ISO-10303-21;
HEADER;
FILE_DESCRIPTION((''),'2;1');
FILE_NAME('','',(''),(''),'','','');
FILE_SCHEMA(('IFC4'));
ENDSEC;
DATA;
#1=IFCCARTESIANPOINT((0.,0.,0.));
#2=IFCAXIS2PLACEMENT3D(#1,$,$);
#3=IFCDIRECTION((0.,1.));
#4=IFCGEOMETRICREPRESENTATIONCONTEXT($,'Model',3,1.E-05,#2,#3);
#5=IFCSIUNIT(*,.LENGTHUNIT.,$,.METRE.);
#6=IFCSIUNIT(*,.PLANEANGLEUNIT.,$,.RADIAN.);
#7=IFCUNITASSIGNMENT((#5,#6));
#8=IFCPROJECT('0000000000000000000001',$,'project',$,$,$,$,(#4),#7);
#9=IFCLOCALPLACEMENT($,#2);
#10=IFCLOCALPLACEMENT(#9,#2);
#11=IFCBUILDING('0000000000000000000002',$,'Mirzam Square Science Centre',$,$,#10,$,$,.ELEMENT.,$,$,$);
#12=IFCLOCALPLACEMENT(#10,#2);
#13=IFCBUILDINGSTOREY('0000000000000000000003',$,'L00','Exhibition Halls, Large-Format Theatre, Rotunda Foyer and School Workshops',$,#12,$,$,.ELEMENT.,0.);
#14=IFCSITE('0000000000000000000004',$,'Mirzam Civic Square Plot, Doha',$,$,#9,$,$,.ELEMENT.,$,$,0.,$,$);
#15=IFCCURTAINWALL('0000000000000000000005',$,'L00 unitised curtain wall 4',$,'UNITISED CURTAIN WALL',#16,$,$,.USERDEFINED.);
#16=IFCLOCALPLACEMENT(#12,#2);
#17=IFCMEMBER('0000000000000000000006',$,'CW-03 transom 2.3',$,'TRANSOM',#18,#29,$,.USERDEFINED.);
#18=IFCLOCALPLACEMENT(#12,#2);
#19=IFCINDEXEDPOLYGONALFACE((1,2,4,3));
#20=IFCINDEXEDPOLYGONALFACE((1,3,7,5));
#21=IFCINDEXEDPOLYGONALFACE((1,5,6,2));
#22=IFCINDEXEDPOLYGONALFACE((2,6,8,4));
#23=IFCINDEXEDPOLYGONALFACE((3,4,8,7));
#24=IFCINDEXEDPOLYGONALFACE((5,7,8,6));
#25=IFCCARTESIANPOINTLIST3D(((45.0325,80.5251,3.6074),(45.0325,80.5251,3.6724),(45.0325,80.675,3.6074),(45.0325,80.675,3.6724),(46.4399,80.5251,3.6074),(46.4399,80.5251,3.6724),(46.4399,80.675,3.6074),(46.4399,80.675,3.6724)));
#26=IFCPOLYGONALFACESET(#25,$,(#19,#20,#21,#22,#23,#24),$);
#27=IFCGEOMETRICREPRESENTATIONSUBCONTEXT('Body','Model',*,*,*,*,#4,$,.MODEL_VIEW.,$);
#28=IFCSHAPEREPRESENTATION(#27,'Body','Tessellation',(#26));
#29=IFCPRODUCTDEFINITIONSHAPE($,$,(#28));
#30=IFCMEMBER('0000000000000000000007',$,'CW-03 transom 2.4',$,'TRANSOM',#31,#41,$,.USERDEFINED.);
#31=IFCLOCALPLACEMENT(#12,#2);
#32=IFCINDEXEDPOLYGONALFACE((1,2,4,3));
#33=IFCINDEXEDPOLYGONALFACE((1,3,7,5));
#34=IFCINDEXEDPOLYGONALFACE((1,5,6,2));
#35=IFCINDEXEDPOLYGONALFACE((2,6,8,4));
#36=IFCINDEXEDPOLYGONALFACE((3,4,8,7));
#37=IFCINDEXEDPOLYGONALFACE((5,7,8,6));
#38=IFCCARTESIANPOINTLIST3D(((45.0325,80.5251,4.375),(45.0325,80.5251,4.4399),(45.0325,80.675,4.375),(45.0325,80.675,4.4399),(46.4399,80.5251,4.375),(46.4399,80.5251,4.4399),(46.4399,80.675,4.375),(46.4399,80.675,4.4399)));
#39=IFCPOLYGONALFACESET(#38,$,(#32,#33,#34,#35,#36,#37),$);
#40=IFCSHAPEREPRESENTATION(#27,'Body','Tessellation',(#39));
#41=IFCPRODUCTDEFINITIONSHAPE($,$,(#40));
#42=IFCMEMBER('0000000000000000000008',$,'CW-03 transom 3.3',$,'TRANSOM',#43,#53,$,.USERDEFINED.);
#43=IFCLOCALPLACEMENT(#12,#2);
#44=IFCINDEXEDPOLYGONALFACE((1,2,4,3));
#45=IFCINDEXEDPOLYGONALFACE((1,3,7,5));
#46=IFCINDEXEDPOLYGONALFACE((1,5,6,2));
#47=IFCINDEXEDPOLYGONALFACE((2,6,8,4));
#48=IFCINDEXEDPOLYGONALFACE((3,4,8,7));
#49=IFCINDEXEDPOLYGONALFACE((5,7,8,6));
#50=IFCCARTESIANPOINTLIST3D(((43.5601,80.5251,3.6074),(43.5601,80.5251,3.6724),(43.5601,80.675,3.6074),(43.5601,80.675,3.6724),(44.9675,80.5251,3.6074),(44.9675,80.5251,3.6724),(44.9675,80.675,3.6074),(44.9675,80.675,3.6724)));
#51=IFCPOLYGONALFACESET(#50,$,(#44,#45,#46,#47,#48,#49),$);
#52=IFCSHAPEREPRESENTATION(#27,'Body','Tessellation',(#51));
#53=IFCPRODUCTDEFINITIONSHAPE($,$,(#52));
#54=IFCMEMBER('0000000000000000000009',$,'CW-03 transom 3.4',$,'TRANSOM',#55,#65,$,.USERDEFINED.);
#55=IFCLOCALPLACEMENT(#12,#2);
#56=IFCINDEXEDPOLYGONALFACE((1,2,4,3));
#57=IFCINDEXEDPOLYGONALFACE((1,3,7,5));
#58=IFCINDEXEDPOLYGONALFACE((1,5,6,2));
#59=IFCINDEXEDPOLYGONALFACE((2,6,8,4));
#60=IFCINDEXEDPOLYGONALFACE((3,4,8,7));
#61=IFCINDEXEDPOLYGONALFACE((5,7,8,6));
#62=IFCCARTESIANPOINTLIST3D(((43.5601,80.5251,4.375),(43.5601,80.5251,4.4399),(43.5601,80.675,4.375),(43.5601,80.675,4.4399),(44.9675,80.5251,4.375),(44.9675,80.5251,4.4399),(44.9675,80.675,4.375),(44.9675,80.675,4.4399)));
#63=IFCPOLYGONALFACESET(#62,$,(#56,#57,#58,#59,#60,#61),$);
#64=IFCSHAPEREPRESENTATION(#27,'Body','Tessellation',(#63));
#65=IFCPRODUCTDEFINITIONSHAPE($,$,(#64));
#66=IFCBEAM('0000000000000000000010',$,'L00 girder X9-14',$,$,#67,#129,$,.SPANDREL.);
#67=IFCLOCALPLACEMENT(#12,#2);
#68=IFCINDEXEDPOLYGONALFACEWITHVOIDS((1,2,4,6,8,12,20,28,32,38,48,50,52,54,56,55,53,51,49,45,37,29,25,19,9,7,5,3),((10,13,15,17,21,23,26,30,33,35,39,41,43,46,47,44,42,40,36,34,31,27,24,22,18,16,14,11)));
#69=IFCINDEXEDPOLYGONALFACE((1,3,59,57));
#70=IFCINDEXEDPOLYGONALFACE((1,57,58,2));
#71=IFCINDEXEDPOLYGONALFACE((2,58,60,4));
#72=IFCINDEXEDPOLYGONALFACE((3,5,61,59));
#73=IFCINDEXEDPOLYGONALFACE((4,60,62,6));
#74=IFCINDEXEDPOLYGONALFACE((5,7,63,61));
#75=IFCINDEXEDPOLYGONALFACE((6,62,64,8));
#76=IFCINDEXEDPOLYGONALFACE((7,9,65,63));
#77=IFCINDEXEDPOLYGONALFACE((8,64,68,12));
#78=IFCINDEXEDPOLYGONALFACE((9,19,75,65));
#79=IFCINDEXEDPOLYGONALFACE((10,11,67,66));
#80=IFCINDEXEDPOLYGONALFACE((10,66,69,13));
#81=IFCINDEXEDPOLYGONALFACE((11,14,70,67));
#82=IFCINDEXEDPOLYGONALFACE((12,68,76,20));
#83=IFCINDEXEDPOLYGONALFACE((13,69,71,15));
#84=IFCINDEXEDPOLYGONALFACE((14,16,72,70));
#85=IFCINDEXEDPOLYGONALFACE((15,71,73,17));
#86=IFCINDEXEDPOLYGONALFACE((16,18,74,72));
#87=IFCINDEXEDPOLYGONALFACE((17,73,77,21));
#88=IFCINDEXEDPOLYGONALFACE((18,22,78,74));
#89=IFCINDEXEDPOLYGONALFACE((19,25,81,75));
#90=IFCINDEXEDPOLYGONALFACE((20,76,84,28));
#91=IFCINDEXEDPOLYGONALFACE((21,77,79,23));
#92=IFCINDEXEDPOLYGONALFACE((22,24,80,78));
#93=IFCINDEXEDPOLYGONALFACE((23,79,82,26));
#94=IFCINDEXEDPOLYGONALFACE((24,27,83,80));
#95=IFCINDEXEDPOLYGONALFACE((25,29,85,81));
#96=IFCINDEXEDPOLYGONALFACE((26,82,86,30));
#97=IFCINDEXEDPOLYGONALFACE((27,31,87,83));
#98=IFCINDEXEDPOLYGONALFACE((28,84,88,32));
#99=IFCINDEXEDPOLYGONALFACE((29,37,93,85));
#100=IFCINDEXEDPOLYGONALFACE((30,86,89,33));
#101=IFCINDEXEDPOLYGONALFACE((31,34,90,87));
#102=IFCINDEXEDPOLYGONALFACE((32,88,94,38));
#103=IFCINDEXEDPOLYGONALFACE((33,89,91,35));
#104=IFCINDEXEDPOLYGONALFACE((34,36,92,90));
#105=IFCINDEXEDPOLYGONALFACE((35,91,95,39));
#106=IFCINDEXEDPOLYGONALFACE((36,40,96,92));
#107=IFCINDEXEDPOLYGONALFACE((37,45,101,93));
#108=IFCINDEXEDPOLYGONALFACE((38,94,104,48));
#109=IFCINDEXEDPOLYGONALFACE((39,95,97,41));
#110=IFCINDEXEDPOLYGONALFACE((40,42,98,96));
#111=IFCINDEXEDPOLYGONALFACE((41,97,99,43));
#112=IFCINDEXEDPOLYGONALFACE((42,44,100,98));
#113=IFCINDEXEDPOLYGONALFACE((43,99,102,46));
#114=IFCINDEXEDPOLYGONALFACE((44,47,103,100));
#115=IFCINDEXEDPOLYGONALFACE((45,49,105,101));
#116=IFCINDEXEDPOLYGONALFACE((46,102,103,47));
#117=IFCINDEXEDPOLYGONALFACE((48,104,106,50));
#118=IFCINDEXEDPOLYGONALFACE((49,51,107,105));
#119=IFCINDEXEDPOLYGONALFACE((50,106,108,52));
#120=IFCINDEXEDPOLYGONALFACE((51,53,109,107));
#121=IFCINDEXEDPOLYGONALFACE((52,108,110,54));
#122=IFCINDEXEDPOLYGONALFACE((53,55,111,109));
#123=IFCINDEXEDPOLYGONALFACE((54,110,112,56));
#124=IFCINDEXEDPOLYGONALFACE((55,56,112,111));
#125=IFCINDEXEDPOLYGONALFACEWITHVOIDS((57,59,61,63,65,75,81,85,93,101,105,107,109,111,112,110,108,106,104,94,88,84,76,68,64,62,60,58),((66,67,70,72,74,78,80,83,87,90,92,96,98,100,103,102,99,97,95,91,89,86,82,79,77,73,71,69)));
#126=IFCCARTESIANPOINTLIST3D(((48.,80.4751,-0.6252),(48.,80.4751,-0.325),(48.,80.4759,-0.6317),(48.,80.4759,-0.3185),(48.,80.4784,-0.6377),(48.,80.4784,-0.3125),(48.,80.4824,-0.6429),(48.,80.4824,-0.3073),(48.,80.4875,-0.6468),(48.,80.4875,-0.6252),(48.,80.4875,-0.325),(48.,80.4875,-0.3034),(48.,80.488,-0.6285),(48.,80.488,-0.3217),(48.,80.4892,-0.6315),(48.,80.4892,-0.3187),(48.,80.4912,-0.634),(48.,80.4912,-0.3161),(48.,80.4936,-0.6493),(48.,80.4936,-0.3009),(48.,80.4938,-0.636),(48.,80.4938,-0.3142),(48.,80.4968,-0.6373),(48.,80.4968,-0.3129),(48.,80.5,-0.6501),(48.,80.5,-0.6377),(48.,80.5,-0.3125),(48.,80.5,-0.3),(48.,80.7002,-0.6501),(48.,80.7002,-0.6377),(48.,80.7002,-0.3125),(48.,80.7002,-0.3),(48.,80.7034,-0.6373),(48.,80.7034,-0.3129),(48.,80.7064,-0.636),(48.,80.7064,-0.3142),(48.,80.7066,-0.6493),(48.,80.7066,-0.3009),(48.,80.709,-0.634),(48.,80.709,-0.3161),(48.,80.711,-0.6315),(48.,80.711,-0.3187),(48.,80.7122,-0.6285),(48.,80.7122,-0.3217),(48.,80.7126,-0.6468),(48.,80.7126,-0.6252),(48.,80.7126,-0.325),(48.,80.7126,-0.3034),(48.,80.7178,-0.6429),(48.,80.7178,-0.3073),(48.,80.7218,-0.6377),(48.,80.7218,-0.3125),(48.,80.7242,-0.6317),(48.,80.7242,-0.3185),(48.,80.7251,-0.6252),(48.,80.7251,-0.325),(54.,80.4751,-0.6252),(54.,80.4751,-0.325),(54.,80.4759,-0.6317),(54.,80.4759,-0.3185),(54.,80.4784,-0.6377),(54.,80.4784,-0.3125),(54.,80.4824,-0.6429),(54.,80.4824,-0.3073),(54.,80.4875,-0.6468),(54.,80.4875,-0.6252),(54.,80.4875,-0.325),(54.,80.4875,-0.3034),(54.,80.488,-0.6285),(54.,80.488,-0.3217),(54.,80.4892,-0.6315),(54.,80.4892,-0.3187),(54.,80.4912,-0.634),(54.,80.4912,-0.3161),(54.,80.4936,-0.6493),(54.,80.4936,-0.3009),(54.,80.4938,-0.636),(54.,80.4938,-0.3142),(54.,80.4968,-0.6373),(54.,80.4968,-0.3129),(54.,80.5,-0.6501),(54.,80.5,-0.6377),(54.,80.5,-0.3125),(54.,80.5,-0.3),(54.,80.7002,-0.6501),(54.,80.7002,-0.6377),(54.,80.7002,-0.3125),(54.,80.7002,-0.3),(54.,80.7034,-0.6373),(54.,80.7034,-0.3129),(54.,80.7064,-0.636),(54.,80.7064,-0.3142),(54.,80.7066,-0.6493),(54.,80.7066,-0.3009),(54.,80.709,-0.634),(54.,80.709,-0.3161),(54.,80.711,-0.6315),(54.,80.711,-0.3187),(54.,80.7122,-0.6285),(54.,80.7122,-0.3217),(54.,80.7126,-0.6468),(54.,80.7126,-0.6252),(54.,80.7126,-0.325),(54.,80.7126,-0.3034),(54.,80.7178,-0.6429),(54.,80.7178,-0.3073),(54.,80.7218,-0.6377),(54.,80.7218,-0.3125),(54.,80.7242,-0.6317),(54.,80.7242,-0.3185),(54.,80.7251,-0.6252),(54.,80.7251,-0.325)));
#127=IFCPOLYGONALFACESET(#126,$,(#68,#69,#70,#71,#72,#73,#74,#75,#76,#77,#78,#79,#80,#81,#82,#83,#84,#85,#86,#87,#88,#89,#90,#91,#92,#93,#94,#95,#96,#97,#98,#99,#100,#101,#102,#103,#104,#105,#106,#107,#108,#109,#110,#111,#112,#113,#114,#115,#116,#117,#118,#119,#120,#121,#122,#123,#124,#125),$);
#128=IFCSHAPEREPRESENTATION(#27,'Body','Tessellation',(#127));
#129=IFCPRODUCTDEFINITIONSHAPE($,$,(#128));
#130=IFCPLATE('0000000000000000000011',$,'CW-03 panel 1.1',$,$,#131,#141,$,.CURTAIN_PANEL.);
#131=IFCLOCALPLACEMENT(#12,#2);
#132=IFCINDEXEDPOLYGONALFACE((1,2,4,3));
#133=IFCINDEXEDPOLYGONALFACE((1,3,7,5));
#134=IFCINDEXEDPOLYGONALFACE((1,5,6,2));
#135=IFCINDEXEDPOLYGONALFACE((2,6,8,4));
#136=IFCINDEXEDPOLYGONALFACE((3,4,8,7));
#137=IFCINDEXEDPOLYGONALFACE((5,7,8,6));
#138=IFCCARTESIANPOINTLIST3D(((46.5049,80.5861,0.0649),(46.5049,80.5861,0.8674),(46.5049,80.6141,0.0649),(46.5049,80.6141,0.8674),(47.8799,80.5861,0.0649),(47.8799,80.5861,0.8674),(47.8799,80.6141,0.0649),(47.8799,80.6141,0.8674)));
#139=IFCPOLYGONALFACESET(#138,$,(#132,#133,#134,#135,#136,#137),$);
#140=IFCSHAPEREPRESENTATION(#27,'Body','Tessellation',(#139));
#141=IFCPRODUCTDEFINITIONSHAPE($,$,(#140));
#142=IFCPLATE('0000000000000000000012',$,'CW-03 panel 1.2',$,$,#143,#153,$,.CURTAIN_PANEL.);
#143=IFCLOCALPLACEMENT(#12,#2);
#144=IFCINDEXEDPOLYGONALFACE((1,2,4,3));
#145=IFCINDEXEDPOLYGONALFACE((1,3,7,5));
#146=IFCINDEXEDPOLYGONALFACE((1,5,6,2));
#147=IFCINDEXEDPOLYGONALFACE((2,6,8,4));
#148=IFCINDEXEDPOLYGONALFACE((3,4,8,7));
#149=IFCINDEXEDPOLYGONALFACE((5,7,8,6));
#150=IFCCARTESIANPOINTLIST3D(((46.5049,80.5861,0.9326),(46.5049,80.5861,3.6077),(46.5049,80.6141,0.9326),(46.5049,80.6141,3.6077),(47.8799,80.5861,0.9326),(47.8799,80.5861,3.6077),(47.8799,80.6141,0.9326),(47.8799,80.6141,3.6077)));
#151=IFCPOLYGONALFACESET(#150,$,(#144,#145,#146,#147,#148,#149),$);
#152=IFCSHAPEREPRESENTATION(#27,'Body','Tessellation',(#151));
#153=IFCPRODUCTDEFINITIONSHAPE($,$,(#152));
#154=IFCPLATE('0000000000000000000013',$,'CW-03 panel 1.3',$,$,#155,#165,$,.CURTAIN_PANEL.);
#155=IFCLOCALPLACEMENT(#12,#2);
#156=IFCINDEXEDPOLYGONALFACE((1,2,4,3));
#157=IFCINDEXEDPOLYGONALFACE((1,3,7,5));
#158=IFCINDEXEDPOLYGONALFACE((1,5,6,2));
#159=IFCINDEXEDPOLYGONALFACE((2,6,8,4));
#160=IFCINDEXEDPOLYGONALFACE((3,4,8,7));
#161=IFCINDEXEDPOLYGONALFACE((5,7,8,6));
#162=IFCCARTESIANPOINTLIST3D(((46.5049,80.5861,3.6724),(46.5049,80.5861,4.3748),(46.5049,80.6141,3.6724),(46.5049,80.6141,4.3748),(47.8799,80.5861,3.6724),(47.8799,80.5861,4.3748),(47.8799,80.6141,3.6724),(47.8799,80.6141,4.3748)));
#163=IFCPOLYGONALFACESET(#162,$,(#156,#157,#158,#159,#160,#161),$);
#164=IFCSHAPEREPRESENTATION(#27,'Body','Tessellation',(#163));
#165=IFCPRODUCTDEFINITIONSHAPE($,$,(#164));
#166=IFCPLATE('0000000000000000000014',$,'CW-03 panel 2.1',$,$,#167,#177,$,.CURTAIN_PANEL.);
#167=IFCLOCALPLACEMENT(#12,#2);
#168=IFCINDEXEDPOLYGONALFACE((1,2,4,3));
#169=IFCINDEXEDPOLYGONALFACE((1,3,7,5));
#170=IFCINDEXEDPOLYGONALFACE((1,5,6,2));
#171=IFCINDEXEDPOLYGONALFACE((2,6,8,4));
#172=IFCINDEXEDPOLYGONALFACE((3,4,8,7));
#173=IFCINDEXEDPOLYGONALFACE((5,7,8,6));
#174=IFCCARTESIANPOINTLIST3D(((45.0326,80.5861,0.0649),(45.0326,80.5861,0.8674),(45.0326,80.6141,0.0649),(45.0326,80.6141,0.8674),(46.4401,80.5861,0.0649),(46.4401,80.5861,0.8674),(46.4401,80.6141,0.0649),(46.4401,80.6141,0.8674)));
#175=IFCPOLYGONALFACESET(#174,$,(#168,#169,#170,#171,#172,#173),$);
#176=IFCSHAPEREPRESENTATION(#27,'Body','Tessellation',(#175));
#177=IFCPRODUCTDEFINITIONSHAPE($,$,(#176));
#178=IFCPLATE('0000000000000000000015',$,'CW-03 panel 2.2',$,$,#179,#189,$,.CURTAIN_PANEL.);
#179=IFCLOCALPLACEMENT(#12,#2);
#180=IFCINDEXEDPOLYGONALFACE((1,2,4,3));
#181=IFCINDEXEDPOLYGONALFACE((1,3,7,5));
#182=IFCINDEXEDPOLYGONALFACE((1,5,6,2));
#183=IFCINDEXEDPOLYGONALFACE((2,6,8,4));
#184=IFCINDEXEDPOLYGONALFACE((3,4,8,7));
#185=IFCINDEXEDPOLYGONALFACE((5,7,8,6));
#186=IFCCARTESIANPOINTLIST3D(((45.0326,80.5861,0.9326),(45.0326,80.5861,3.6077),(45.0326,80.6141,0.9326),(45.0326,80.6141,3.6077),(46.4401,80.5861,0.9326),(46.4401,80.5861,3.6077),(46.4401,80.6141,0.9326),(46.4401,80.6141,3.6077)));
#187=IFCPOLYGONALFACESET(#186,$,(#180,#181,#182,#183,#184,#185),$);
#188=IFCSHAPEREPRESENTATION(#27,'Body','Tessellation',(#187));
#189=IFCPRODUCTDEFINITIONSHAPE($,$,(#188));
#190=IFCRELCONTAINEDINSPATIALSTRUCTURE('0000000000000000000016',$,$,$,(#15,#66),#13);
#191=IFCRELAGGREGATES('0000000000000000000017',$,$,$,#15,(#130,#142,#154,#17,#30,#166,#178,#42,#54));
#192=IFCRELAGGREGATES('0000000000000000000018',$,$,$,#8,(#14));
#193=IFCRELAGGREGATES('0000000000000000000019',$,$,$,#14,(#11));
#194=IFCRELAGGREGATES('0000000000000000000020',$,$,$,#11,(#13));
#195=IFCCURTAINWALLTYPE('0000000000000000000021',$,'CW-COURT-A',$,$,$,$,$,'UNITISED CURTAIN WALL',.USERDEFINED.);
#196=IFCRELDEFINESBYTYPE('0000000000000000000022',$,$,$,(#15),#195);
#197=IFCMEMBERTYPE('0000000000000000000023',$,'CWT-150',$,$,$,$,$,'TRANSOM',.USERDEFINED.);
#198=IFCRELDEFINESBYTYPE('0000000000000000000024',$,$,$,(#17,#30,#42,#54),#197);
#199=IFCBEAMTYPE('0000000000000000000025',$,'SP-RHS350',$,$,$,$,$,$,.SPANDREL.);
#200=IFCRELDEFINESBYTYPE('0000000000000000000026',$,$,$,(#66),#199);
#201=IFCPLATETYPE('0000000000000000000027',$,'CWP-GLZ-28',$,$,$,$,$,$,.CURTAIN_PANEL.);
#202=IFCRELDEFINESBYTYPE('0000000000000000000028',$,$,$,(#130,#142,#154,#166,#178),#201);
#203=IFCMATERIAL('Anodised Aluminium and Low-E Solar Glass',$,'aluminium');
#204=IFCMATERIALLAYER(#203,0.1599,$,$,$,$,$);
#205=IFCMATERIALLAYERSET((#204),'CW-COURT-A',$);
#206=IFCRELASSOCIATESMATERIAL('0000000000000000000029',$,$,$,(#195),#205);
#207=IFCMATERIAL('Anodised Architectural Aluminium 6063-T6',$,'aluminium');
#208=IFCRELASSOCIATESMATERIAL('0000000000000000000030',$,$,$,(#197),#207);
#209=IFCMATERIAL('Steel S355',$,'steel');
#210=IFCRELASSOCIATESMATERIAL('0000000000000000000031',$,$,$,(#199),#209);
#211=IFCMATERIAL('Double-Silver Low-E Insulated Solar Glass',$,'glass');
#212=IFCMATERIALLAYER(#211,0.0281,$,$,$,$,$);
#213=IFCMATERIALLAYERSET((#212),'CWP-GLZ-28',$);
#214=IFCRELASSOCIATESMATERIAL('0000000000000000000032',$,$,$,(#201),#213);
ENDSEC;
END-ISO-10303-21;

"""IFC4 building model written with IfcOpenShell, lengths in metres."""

from ifc_helpers import new_model, si_unit, direction, frame, origin, origin_2d, place, context, subcontext, project, spatial, rectangle, hollow_rectangle, extrude, material, layer, layer_set, material_profile, profile_set, type_object, element, aggregate, save


model = new_model("IFC4")

# Units and contexts
model_context = context("Model", 3, precision=1e-05, world=origin(), true_north=direction((0.0, 1.0)))
body_context = subcontext(model_context, "Body", "Model", "MODEL_VIEW")
ifc_project = project(units=[si_unit("LENGTHUNIT", "METRE"), si_unit("PLANEANGLEUNIT", "RADIAN")], contexts=[model_context])

# Site, building, storey
site_placement = place(None, origin())
site = spatial("IfcSite", under=ifc_project, at=site_placement, Name="Mirzam Civic Square Plot, Doha", CompositionType="ELEMENT", RefElevation=0.0)
building_placement = place(site_placement, origin())
building = spatial("IfcBuilding", under=site, at=building_placement, Name="Mirzam Square Science Centre", CompositionType="ELEMENT")
storey_placement = place(building_placement, origin())
storey = spatial("IfcBuildingStorey", under=building, at=storey_placement, Name="L00", Description="Exhibition Halls, Large-Format Theatre, Rotunda Foyer and School Workshops", CompositionType="ELEMENT", Elevation=0.0)

# Shared definitions
ifc_material_1 = material(Name="Steel S355", Category="steel")

# Curtain wall
ifc_material_2 = material(Name="Anodised Aluminium and Low-E Solar Glass", Category="aluminium")
ifc_layer_1 = layer(ifc_material_2, 0.1599)
ifc_layer_set_1 = layer_set([ifc_layer_1], Name="CW-COURT-A")
curtain_wall_type_1 = type_object("IfcCurtainWallType", Name="CW-COURT-A", ElementType="UNITISED CURTAIN WALL", PredefinedType="USERDEFINED", material=ifc_layer_set_1)
curtain_wall_1_placement = place(storey_placement, origin())
curtain_wall_1 = element("IfcCurtainWall", 1, at=curtain_wall_1_placement, inside=storey, type_object=curtain_wall_type_1, Name="L00 unitised curtain wall 4", ObjectType="UNITISED CURTAIN WALL", PredefinedType="USERDEFINED")
ifc_material_3 = material(Name="Anodised Architectural Aluminium 6063-T6", Category="aluminium")

# Members
ifc_material_profile_1 = material_profile(ifc_material_3, rectangle(XDim=0.1499, YDim=0.0649, at=origin_2d()), Name="ALU-TRAN-150x65x4")
ifc_profile_set_1 = profile_set([ifc_material_profile_1], Name="Anodised Architectural Aluminium 6063-T6")
member_type_1 = type_object("IfcMemberType", Name="CWT-150", ElementType="TRANSOM", PredefinedType="USERDEFINED", material=ifc_profile_set_1)
member_1_placement = place(storey_placement, frame((46.4399, 80.6001, 3.6399), z_axis=(-1.0, 0.0, 0.0), x_axis=(0.0, -1.0, 0.0)))
member_1 = element("IfcMember", 2, at=member_1_placement, type_object=member_type_1, Name="CW-03 transom 2.3", ObjectType="TRANSOM", PredefinedType="USERDEFINED", context=body_context, shape_type="SweptSolid", body=[
    extrude(rectangle(XDim=0.1499, YDim=0.0649, at=origin_2d()), origin(), (0.0, 0.0, 1.0), 1.4075),
])
member_2_placement = place(storey_placement, frame((46.4399, 80.6001, 4.4075), z_axis=(-1.0, 0.0, 0.0), x_axis=(0.0, -1.0, 0.0)))
member_2 = element("IfcMember", 3, at=member_2_placement, type_object=member_type_1, Name="CW-03 transom 2.4", ObjectType="TRANSOM", PredefinedType="USERDEFINED", context=body_context, shape_type="SweptSolid", body=[
    extrude(rectangle(XDim=0.1499, YDim=0.0649, at=origin_2d()), origin(), (0.0, 0.0, 1.0), 1.4075),
])
member_3_placement = place(storey_placement, frame((44.9675, 80.6001, 3.6399), z_axis=(-1.0, 0.0, 0.0), x_axis=(0.0, -1.0, 0.0)))
member_3 = element("IfcMember", 4, at=member_3_placement, type_object=member_type_1, Name="CW-03 transom 3.3", ObjectType="TRANSOM", PredefinedType="USERDEFINED", context=body_context, shape_type="SweptSolid", body=[
    extrude(rectangle(XDim=0.1499, YDim=0.0649, at=origin_2d()), origin(), (0.0, 0.0, 1.0), 1.4075),
])
member_4_placement = place(storey_placement, frame((44.9675, 80.6001, 4.4075), z_axis=(-1.0, 0.0, 0.0), x_axis=(0.0, -1.0, 0.0)))
member_4 = element("IfcMember", 5, at=member_4_placement, type_object=member_type_1, Name="CW-03 transom 3.4", ObjectType="TRANSOM", PredefinedType="USERDEFINED", context=body_context, shape_type="SweptSolid", body=[
    extrude(rectangle(XDim=0.1499, YDim=0.0649, at=origin_2d()), origin(), (0.0, 0.0, 1.0), 1.4075),
])

# Beam
ifc_material_profile_2 = material_profile(ifc_material_1, hollow_rectangle(XDim=0.25, YDim=0.3501, WallThickness=0.0125, InnerFilletRadius=0.0125, OuterFilletRadius=0.0249, at=origin_2d()), Name="350x250x12.5RHS")
ifc_profile_set_2 = profile_set([ifc_material_profile_2], Name="Steel S355")
beam_type = type_object("IfcBeamType", Name="SP-RHS350", PredefinedType="SPANDREL", material=ifc_profile_set_2)
beam_placement = place(storey_placement, frame((48.0, 80.6001, -0.4751), z_axis=(1.0, 0.0, 0.0), x_axis=(0.0, 1.0, 0.0)))
element("IfcBeam", 6, at=beam_placement, inside=storey, type_object=beam_type, Name="L00 girder X9-14", PredefinedType="SPANDREL", context=body_context, shape_type="SweptSolid", body=[
    extrude(hollow_rectangle(XDim=0.25, YDim=0.3501, WallThickness=0.0125, InnerFilletRadius=0.0125, OuterFilletRadius=0.0249, at=origin_2d()), origin(), (0.0, 0.0, 1.0), 6.0),
])

# Plates
ifc_material_4 = material(Name="Double-Silver Low-E Insulated Solar Glass", Category="glass")
ifc_layer_2 = layer(ifc_material_4, 0.0281)
ifc_layer_set_2 = layer_set([ifc_layer_2], Name="CWP-GLZ-28")
plate_type = type_object("IfcPlateType", Name="CWP-GLZ-28", PredefinedType="CURTAIN_PANEL", material=ifc_layer_set_2)
plate_1_placement = place(storey_placement, frame((47.1924, 80.6001, 0.0649), z_axis=(0.0, 0.0, 1.0), x_axis=(-1.0, 0.0, 0.0)))
plate_1 = element("IfcPlate", 7, at=plate_1_placement, type_object=plate_type, Name="CW-03 panel 1.1", PredefinedType="CURTAIN_PANEL", context=body_context, shape_type="SweptSolid", body=[
    extrude(rectangle(XDim=1.375, YDim=0.0281, at=origin_2d()), origin(), (0.0, 0.0, 1.0), 0.8025),
])
plate_2_placement = place(storey_placement, frame((47.1924, 80.6001, 0.9326), z_axis=(0.0, 0.0, 1.0), x_axis=(-1.0, 0.0, 0.0)))
plate_2 = element("IfcPlate", 8, at=plate_2_placement, type_object=plate_type, Name="CW-03 panel 1.2", PredefinedType="CURTAIN_PANEL", context=body_context, shape_type="SweptSolid", body=[
    extrude(rectangle(XDim=1.375, YDim=0.0281, at=origin_2d()), origin(), (0.0, 0.0, 1.0), 2.675),
])
plate_3_placement = place(storey_placement, frame((47.1924, 80.6001, 3.6724), z_axis=(0.0, 0.0, 1.0), x_axis=(-1.0, 0.0, 0.0)))
plate_3 = element("IfcPlate", 9, at=plate_3_placement, type_object=plate_type, Name="CW-03 panel 1.3", PredefinedType="CURTAIN_PANEL", context=body_context, shape_type="SweptSolid", body=[
    extrude(rectangle(XDim=1.375, YDim=0.0281, at=origin_2d()), origin(), (0.0, 0.0, 1.0), 0.7024),
])
plate_4_placement = place(storey_placement, frame((45.7363, 80.6001, 0.0649), z_axis=(0.0, 0.0, 1.0), x_axis=(-1.0, 0.0, 0.0)))
plate_4 = element("IfcPlate", 10, at=plate_4_placement, type_object=plate_type, Name="CW-03 panel 2.1", PredefinedType="CURTAIN_PANEL", context=body_context, shape_type="SweptSolid", body=[
    extrude(rectangle(XDim=1.4075, YDim=0.0281, at=origin_2d()), origin(), (0.0, 0.0, 1.0), 0.8025),
])
plate_5_placement = place(storey_placement, frame((45.7363, 80.6001, 0.9326), z_axis=(0.0, 0.0, 1.0), x_axis=(-1.0, 0.0, 0.0)))
plate_5 = element("IfcPlate", 11, at=plate_5_placement, type_object=plate_type, Name="CW-03 panel 2.2", PredefinedType="CURTAIN_PANEL", context=body_context, shape_type="SweptSolid", body=[
    extrude(rectangle(XDim=1.4075, YDim=0.0281, at=origin_2d()), origin(), (0.0, 0.0, 1.0), 2.675),
])
aggregate(curtain_wall_1, [plate_1, plate_2, plate_3, member_1, member_2, plate_4, plate_5, member_3, member_4])

save(model, "model.ifc")
